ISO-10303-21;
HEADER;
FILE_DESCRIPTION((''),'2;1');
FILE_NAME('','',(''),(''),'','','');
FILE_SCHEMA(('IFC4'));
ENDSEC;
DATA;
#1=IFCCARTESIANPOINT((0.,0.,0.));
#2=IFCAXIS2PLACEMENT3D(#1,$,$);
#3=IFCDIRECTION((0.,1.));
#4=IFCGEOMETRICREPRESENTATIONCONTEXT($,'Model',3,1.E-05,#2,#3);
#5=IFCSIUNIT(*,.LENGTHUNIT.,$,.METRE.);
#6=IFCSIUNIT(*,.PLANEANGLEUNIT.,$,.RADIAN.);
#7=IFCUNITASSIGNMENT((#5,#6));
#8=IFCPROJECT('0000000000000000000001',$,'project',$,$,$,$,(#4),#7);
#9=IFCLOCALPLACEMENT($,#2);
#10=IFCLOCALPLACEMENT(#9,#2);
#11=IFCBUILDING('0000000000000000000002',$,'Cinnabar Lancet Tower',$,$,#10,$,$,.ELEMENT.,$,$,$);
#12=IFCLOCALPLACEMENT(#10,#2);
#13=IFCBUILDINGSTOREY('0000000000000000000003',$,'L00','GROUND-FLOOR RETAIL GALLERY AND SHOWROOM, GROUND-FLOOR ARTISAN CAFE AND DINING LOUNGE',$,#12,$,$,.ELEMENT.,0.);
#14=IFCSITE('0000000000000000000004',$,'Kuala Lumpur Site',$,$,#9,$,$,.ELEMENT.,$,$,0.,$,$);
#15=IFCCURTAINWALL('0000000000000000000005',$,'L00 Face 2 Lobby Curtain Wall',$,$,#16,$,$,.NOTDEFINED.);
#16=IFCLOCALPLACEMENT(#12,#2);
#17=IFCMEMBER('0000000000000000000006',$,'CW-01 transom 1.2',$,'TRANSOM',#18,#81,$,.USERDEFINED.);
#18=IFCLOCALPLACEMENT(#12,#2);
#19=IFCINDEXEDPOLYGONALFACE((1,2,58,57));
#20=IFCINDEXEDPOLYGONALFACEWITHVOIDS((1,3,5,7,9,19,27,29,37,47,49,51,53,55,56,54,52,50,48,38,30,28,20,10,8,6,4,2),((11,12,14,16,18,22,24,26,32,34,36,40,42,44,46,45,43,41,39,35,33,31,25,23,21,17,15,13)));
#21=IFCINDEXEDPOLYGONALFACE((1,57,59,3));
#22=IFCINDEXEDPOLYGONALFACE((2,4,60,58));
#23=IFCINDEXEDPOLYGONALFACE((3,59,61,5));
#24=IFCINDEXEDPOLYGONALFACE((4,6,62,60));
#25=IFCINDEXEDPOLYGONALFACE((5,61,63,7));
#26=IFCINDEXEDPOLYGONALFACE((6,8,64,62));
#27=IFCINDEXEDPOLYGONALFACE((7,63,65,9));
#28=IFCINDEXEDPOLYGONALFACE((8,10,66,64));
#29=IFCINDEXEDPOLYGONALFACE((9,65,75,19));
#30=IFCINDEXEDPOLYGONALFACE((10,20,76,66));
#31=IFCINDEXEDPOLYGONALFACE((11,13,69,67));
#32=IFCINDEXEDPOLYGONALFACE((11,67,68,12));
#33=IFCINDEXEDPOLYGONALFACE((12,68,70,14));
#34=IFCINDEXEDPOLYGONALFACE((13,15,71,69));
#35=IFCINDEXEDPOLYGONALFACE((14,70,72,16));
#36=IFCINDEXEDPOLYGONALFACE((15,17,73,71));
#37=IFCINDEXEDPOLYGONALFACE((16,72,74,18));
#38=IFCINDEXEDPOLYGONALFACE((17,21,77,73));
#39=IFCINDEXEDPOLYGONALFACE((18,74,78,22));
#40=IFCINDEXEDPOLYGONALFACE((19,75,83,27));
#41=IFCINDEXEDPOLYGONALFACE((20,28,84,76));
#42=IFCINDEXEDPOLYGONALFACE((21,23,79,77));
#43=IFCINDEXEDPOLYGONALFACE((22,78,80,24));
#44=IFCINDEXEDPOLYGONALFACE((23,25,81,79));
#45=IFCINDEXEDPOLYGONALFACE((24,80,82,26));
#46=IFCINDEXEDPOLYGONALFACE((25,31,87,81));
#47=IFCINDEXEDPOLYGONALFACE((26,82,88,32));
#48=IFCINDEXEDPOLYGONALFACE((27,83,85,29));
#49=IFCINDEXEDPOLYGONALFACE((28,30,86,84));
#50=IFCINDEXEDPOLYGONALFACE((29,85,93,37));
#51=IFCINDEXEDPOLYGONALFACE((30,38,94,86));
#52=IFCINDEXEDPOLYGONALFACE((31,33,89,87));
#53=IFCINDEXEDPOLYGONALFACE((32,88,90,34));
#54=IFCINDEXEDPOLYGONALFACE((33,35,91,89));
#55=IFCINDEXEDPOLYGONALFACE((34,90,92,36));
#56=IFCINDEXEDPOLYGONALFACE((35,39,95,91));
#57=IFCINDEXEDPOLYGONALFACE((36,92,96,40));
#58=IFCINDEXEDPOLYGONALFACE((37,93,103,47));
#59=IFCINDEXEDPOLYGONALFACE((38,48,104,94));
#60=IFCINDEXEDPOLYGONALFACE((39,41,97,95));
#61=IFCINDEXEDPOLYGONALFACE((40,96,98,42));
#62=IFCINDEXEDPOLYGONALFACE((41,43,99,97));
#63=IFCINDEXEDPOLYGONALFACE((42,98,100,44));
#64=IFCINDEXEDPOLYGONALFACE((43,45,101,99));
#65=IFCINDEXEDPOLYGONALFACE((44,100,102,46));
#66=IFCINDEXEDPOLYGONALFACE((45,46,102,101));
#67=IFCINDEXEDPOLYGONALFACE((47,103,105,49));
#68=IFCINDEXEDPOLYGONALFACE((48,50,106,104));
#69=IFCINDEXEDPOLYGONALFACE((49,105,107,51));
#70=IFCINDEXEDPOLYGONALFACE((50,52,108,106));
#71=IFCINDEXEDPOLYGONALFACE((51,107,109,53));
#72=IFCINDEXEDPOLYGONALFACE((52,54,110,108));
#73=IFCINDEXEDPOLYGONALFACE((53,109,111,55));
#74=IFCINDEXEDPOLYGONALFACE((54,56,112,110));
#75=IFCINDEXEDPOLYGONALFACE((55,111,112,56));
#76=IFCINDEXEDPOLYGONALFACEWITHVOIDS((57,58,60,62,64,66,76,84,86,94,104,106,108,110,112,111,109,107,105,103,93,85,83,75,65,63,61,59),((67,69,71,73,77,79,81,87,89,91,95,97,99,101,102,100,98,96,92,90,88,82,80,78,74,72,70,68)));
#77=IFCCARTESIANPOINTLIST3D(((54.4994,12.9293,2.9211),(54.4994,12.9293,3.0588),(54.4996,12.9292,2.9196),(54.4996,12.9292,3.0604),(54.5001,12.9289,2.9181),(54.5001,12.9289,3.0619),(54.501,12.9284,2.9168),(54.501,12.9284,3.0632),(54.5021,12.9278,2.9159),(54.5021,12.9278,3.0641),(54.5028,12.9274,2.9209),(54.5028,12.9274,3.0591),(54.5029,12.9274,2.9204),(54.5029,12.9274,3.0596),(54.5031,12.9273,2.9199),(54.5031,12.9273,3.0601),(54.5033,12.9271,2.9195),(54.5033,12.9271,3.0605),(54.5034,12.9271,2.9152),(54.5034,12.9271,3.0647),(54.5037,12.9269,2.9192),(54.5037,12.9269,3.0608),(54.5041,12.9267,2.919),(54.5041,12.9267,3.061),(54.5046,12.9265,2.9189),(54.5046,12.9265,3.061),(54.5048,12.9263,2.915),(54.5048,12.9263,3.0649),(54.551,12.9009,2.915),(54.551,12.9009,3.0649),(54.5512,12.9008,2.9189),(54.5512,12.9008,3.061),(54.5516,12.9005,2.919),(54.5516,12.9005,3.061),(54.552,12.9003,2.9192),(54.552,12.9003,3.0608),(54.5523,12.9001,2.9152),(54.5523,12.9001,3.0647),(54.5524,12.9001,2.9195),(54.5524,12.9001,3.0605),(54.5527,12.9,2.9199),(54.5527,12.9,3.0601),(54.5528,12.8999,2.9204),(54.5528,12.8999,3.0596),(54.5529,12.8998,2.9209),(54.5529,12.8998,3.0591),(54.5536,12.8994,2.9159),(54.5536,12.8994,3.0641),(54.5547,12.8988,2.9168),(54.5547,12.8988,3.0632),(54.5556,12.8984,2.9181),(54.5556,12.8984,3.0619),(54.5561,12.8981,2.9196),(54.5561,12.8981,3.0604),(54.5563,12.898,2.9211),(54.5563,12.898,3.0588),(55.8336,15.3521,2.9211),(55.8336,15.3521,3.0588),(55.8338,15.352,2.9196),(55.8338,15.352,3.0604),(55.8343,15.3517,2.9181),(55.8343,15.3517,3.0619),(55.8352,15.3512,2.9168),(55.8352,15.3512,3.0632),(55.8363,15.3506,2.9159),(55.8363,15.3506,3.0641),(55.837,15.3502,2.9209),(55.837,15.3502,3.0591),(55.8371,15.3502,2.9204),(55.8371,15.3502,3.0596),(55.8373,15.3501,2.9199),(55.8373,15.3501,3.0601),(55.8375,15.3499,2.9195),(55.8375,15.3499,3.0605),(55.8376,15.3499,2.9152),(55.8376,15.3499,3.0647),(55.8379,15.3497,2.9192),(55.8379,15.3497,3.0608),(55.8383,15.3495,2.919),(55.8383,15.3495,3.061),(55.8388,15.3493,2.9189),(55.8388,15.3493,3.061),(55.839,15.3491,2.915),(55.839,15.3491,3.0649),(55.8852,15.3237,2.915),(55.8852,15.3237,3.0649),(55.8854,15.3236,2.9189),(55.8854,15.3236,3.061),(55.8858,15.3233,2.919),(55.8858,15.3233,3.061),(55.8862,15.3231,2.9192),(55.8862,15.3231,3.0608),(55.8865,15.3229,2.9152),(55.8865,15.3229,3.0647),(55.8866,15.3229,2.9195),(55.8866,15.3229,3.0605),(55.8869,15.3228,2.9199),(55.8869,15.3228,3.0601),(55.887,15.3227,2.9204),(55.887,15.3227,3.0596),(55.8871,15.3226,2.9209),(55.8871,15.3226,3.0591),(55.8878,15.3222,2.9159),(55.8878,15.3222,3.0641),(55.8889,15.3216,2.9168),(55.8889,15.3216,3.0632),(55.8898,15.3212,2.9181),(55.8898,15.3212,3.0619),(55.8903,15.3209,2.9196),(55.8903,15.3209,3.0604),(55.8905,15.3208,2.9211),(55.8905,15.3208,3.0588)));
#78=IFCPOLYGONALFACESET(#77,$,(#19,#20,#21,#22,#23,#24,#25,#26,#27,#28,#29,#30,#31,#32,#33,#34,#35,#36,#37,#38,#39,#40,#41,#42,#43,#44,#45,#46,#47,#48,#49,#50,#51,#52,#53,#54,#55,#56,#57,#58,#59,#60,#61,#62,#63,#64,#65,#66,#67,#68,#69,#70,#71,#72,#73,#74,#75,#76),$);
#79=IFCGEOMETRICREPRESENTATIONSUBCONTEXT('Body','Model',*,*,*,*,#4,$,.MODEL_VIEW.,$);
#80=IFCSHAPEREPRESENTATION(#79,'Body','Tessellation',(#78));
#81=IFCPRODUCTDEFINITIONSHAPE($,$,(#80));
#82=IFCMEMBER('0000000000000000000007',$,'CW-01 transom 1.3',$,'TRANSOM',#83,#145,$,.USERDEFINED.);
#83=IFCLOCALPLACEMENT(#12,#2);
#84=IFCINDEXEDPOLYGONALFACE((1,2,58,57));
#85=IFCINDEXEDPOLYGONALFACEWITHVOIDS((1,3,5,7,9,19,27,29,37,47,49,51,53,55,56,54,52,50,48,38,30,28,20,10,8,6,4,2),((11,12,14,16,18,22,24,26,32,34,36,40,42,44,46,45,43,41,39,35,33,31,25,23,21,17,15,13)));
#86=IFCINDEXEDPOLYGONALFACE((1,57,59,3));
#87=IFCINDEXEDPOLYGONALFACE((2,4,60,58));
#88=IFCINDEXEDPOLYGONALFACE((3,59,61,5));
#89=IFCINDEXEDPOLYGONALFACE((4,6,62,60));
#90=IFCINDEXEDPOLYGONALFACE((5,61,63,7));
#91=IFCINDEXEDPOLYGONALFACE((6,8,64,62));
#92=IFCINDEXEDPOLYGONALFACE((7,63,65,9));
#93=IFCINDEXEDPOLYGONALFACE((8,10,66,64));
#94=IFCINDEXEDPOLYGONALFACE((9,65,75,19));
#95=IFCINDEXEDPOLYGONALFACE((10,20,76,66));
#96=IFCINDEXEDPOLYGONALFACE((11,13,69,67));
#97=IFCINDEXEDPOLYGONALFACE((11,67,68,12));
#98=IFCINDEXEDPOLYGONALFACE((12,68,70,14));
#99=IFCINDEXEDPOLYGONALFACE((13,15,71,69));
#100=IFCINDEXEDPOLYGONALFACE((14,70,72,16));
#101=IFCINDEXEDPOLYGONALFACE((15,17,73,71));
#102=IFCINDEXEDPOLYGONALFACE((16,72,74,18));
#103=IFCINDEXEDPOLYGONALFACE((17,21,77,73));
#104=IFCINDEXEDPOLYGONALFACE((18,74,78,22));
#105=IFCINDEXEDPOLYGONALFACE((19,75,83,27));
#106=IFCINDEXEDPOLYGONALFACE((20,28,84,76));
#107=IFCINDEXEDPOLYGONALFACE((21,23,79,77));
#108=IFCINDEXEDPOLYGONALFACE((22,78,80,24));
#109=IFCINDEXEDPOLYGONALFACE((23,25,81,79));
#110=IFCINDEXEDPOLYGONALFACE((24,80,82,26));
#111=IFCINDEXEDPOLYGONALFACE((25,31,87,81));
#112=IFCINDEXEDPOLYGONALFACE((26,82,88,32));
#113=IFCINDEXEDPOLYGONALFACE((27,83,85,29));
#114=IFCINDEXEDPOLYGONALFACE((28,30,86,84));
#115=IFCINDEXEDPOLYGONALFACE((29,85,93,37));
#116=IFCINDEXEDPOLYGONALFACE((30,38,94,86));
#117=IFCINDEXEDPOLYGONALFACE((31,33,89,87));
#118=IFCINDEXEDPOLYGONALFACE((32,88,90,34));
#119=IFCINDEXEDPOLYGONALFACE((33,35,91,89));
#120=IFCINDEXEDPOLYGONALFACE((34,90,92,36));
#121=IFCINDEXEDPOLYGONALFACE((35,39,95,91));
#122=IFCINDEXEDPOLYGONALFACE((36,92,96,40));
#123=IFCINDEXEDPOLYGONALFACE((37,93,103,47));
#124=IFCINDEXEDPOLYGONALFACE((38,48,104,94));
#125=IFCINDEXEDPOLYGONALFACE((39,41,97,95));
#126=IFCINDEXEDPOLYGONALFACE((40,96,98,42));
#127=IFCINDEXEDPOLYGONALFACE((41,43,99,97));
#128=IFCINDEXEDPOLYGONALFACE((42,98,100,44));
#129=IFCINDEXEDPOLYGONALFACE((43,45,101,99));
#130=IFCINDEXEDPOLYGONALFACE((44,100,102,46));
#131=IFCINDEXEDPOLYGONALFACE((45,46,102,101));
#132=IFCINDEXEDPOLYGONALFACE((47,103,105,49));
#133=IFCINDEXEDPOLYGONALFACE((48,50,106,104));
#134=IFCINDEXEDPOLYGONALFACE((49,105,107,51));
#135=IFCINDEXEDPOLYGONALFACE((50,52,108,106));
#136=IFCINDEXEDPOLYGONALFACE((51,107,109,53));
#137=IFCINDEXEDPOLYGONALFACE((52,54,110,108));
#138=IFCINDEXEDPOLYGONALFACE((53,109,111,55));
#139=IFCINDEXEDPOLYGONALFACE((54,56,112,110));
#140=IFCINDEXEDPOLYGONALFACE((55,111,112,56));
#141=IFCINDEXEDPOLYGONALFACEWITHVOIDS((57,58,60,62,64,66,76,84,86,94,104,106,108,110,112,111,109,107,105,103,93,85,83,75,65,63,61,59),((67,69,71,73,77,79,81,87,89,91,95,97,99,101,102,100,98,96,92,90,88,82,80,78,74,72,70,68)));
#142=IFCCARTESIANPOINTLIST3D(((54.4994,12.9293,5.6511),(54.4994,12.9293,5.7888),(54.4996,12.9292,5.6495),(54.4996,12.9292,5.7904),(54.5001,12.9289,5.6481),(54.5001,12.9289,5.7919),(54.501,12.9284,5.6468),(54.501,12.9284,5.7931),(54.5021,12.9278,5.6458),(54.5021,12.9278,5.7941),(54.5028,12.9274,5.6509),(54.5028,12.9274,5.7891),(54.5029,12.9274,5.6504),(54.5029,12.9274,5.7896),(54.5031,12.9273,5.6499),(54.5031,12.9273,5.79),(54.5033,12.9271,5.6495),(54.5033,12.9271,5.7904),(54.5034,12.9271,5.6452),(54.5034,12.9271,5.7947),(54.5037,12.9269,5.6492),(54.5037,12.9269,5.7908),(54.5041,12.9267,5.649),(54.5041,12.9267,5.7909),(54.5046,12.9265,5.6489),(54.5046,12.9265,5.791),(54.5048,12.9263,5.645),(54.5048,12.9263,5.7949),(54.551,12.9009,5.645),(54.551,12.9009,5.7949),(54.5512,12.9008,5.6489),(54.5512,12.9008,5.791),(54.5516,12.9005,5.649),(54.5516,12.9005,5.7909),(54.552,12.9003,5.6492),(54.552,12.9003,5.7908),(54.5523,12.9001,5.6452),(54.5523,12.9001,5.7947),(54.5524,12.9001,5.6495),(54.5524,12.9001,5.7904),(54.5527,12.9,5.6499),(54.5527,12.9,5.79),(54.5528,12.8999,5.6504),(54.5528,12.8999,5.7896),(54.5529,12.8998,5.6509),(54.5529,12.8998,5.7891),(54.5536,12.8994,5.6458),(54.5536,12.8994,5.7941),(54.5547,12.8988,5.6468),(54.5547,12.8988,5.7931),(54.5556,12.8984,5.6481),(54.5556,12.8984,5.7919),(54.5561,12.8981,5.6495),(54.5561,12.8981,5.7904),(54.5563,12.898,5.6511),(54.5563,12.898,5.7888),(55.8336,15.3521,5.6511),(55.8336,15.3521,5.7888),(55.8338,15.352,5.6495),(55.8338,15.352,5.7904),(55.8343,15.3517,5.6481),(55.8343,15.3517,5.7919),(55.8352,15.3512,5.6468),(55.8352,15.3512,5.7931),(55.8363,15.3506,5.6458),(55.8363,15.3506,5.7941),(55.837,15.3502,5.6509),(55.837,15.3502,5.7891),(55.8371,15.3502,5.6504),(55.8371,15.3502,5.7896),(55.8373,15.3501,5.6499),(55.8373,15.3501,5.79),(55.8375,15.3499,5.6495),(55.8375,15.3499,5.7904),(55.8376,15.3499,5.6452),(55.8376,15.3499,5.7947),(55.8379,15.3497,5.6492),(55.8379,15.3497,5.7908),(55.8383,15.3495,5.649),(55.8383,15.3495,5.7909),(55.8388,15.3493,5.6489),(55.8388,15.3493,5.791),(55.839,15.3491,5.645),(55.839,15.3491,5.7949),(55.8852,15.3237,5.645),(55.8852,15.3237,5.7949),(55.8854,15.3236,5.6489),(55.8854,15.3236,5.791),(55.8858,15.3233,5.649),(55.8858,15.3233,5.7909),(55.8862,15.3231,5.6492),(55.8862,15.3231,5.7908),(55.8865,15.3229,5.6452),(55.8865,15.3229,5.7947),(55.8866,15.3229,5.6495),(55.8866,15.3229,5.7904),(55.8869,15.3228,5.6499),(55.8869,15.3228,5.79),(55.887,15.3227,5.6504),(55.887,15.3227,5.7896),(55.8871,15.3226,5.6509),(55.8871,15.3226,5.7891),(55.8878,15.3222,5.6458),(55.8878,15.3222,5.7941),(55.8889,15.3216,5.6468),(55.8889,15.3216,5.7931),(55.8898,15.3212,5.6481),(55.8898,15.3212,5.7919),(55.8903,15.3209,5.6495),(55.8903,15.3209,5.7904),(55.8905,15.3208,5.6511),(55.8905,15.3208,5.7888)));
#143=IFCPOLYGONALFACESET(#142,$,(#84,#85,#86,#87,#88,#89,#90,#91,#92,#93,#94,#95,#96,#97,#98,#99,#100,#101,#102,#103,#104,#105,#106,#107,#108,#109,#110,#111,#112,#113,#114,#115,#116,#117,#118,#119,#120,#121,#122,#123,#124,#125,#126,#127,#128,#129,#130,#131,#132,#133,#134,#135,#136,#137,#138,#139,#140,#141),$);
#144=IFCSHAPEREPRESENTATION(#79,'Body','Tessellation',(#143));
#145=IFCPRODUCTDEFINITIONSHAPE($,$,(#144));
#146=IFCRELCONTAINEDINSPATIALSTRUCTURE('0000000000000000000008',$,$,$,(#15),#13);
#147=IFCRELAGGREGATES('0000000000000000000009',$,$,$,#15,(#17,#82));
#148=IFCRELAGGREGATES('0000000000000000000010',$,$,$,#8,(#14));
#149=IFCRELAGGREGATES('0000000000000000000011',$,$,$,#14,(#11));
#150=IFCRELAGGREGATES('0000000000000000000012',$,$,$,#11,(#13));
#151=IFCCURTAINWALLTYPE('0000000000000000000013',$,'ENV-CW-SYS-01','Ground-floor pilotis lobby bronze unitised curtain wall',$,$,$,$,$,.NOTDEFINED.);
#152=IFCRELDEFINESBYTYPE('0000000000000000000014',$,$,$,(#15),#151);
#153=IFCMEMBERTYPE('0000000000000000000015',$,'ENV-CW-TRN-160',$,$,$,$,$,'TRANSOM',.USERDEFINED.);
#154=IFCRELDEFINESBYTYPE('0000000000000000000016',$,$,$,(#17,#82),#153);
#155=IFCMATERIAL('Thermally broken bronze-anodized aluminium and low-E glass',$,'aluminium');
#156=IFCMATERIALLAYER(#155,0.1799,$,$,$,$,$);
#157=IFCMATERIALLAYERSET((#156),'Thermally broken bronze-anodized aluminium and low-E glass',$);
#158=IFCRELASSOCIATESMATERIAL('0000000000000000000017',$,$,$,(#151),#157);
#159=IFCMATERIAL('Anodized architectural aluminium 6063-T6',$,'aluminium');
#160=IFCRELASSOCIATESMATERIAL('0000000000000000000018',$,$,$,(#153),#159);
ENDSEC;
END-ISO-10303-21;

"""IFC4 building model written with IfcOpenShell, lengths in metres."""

from ifc_helpers import new_model, si_unit, direction, frame, origin, origin_2d, place, context, subcontext, project, spatial, hollow_rectangle, extrude, material, layer, layer_set, material_profile, profile_set, type_object, element, aggregate, save


model = new_model("IFC4")

# Units and contexts
model_context = context("Model", 3, precision=1e-05, world=origin(), true_north=direction((0.0, 1.0)))
body_context = subcontext(model_context, "Body", "Model", "MODEL_VIEW")
ifc_project = project(units=[si_unit("LENGTHUNIT", "METRE"), si_unit("PLANEANGLEUNIT", "RADIAN")], contexts=[model_context])

# Site, building, storey
site_placement = place(None, origin())
site = spatial("IfcSite", under=ifc_project, at=site_placement, Name="Kuala Lumpur Site", CompositionType="ELEMENT", RefElevation=0.0)
building_placement = place(site_placement, origin())
building = spatial("IfcBuilding", under=site, at=building_placement, Name="Cinnabar Lancet Tower", CompositionType="ELEMENT")
storey_placement = place(building_placement, origin())
storey = spatial("IfcBuildingStorey", under=building, at=storey_placement, Name="L00", Description="GROUND-FLOOR RETAIL GALLERY AND SHOWROOM, GROUND-FLOOR ARTISAN CAFE AND DINING LOUNGE", CompositionType="ELEMENT", Elevation=0.0)

# Curtain wall, members
ifc_material_1 = material(Name="Thermally broken bronze-anodized aluminium and low-E glass", Category="aluminium")
ifc_layer_1 = layer(ifc_material_1, 0.1799)
ifc_layer_set_1 = layer_set([ifc_layer_1], Name="Thermally broken bronze-anodized aluminium and low-E glass")
curtain_wall_type = type_object("IfcCurtainWallType", Name="ENV-CW-SYS-01", Description="Ground-floor pilotis lobby bronze unitised curtain wall", PredefinedType="NOTDEFINED", material=ifc_layer_set_1)
curtain_wall_placement = place(storey_placement, origin())
curtain_wall = element("IfcCurtainWall", 1, at=curtain_wall_placement, inside=storey, type_object=curtain_wall_type, Name="L00 Face 2 Lobby Curtain Wall", PredefinedType="NOTDEFINED")
ifc_material_2 = material(Name="Anodized architectural aluminium 6063-T6", Category="aluminium")
ifc_material_profile_1 = material_profile(ifc_material_2, hollow_rectangle(XDim=0.0649, YDim=0.1499, WallThickness=0.0039, InnerFilletRadius=0.002, OuterFilletRadius=0.0061, at=origin_2d()), Name="CW-TRN 150x65x4")
ifc_profile_set_1 = profile_set([ifc_material_profile_1], Name="Anodized architectural aluminium 6063-T6")
member_type_1 = type_object("IfcMemberType", Name="ENV-CW-TRN-160", ElementType="TRANSOM", PredefinedType="USERDEFINED", material=ifc_profile_set_1)
member_1_placement = place(storey_placement, frame((55.8621, 15.3364, 2.99), z_axis=(-0.48238, -0.875962, 0.0), x_axis=(0.875962, -0.48238, 0.0)))
member_1 = element("IfcMember", 2, at=member_1_placement, type_object=member_type_1, Name="CW-01 transom 1.2", ObjectType="TRANSOM", PredefinedType="USERDEFINED", context=body_context, shape_type="SweptSolid", body=[
    extrude(hollow_rectangle(XDim=0.0649, YDim=0.1499, WallThickness=0.0039, InnerFilletRadius=0.002, OuterFilletRadius=0.0061, at=origin_2d()), origin(), (0.0, 0.0, 1.0), 2.7659),
])
member_2_placement = place(storey_placement, frame((55.8621, 15.3364, 5.72), z_axis=(-0.48238, -0.875962, 0.0), x_axis=(0.875962, -0.48238, 0.0)))
member_2 = element("IfcMember", 3, at=member_2_placement, type_object=member_type_1, Name="CW-01 transom 1.3", ObjectType="TRANSOM", PredefinedType="USERDEFINED", context=body_context, shape_type="SweptSolid", body=[
    extrude(hollow_rectangle(XDim=0.0649, YDim=0.1499, WallThickness=0.0039, InnerFilletRadius=0.002, OuterFilletRadius=0.0061, at=origin_2d()), origin(), (0.0, 0.0, 1.0), 2.7659),
])

aggregate(curtain_wall, [member_1, member_2])

save(model, "model.ifc")
